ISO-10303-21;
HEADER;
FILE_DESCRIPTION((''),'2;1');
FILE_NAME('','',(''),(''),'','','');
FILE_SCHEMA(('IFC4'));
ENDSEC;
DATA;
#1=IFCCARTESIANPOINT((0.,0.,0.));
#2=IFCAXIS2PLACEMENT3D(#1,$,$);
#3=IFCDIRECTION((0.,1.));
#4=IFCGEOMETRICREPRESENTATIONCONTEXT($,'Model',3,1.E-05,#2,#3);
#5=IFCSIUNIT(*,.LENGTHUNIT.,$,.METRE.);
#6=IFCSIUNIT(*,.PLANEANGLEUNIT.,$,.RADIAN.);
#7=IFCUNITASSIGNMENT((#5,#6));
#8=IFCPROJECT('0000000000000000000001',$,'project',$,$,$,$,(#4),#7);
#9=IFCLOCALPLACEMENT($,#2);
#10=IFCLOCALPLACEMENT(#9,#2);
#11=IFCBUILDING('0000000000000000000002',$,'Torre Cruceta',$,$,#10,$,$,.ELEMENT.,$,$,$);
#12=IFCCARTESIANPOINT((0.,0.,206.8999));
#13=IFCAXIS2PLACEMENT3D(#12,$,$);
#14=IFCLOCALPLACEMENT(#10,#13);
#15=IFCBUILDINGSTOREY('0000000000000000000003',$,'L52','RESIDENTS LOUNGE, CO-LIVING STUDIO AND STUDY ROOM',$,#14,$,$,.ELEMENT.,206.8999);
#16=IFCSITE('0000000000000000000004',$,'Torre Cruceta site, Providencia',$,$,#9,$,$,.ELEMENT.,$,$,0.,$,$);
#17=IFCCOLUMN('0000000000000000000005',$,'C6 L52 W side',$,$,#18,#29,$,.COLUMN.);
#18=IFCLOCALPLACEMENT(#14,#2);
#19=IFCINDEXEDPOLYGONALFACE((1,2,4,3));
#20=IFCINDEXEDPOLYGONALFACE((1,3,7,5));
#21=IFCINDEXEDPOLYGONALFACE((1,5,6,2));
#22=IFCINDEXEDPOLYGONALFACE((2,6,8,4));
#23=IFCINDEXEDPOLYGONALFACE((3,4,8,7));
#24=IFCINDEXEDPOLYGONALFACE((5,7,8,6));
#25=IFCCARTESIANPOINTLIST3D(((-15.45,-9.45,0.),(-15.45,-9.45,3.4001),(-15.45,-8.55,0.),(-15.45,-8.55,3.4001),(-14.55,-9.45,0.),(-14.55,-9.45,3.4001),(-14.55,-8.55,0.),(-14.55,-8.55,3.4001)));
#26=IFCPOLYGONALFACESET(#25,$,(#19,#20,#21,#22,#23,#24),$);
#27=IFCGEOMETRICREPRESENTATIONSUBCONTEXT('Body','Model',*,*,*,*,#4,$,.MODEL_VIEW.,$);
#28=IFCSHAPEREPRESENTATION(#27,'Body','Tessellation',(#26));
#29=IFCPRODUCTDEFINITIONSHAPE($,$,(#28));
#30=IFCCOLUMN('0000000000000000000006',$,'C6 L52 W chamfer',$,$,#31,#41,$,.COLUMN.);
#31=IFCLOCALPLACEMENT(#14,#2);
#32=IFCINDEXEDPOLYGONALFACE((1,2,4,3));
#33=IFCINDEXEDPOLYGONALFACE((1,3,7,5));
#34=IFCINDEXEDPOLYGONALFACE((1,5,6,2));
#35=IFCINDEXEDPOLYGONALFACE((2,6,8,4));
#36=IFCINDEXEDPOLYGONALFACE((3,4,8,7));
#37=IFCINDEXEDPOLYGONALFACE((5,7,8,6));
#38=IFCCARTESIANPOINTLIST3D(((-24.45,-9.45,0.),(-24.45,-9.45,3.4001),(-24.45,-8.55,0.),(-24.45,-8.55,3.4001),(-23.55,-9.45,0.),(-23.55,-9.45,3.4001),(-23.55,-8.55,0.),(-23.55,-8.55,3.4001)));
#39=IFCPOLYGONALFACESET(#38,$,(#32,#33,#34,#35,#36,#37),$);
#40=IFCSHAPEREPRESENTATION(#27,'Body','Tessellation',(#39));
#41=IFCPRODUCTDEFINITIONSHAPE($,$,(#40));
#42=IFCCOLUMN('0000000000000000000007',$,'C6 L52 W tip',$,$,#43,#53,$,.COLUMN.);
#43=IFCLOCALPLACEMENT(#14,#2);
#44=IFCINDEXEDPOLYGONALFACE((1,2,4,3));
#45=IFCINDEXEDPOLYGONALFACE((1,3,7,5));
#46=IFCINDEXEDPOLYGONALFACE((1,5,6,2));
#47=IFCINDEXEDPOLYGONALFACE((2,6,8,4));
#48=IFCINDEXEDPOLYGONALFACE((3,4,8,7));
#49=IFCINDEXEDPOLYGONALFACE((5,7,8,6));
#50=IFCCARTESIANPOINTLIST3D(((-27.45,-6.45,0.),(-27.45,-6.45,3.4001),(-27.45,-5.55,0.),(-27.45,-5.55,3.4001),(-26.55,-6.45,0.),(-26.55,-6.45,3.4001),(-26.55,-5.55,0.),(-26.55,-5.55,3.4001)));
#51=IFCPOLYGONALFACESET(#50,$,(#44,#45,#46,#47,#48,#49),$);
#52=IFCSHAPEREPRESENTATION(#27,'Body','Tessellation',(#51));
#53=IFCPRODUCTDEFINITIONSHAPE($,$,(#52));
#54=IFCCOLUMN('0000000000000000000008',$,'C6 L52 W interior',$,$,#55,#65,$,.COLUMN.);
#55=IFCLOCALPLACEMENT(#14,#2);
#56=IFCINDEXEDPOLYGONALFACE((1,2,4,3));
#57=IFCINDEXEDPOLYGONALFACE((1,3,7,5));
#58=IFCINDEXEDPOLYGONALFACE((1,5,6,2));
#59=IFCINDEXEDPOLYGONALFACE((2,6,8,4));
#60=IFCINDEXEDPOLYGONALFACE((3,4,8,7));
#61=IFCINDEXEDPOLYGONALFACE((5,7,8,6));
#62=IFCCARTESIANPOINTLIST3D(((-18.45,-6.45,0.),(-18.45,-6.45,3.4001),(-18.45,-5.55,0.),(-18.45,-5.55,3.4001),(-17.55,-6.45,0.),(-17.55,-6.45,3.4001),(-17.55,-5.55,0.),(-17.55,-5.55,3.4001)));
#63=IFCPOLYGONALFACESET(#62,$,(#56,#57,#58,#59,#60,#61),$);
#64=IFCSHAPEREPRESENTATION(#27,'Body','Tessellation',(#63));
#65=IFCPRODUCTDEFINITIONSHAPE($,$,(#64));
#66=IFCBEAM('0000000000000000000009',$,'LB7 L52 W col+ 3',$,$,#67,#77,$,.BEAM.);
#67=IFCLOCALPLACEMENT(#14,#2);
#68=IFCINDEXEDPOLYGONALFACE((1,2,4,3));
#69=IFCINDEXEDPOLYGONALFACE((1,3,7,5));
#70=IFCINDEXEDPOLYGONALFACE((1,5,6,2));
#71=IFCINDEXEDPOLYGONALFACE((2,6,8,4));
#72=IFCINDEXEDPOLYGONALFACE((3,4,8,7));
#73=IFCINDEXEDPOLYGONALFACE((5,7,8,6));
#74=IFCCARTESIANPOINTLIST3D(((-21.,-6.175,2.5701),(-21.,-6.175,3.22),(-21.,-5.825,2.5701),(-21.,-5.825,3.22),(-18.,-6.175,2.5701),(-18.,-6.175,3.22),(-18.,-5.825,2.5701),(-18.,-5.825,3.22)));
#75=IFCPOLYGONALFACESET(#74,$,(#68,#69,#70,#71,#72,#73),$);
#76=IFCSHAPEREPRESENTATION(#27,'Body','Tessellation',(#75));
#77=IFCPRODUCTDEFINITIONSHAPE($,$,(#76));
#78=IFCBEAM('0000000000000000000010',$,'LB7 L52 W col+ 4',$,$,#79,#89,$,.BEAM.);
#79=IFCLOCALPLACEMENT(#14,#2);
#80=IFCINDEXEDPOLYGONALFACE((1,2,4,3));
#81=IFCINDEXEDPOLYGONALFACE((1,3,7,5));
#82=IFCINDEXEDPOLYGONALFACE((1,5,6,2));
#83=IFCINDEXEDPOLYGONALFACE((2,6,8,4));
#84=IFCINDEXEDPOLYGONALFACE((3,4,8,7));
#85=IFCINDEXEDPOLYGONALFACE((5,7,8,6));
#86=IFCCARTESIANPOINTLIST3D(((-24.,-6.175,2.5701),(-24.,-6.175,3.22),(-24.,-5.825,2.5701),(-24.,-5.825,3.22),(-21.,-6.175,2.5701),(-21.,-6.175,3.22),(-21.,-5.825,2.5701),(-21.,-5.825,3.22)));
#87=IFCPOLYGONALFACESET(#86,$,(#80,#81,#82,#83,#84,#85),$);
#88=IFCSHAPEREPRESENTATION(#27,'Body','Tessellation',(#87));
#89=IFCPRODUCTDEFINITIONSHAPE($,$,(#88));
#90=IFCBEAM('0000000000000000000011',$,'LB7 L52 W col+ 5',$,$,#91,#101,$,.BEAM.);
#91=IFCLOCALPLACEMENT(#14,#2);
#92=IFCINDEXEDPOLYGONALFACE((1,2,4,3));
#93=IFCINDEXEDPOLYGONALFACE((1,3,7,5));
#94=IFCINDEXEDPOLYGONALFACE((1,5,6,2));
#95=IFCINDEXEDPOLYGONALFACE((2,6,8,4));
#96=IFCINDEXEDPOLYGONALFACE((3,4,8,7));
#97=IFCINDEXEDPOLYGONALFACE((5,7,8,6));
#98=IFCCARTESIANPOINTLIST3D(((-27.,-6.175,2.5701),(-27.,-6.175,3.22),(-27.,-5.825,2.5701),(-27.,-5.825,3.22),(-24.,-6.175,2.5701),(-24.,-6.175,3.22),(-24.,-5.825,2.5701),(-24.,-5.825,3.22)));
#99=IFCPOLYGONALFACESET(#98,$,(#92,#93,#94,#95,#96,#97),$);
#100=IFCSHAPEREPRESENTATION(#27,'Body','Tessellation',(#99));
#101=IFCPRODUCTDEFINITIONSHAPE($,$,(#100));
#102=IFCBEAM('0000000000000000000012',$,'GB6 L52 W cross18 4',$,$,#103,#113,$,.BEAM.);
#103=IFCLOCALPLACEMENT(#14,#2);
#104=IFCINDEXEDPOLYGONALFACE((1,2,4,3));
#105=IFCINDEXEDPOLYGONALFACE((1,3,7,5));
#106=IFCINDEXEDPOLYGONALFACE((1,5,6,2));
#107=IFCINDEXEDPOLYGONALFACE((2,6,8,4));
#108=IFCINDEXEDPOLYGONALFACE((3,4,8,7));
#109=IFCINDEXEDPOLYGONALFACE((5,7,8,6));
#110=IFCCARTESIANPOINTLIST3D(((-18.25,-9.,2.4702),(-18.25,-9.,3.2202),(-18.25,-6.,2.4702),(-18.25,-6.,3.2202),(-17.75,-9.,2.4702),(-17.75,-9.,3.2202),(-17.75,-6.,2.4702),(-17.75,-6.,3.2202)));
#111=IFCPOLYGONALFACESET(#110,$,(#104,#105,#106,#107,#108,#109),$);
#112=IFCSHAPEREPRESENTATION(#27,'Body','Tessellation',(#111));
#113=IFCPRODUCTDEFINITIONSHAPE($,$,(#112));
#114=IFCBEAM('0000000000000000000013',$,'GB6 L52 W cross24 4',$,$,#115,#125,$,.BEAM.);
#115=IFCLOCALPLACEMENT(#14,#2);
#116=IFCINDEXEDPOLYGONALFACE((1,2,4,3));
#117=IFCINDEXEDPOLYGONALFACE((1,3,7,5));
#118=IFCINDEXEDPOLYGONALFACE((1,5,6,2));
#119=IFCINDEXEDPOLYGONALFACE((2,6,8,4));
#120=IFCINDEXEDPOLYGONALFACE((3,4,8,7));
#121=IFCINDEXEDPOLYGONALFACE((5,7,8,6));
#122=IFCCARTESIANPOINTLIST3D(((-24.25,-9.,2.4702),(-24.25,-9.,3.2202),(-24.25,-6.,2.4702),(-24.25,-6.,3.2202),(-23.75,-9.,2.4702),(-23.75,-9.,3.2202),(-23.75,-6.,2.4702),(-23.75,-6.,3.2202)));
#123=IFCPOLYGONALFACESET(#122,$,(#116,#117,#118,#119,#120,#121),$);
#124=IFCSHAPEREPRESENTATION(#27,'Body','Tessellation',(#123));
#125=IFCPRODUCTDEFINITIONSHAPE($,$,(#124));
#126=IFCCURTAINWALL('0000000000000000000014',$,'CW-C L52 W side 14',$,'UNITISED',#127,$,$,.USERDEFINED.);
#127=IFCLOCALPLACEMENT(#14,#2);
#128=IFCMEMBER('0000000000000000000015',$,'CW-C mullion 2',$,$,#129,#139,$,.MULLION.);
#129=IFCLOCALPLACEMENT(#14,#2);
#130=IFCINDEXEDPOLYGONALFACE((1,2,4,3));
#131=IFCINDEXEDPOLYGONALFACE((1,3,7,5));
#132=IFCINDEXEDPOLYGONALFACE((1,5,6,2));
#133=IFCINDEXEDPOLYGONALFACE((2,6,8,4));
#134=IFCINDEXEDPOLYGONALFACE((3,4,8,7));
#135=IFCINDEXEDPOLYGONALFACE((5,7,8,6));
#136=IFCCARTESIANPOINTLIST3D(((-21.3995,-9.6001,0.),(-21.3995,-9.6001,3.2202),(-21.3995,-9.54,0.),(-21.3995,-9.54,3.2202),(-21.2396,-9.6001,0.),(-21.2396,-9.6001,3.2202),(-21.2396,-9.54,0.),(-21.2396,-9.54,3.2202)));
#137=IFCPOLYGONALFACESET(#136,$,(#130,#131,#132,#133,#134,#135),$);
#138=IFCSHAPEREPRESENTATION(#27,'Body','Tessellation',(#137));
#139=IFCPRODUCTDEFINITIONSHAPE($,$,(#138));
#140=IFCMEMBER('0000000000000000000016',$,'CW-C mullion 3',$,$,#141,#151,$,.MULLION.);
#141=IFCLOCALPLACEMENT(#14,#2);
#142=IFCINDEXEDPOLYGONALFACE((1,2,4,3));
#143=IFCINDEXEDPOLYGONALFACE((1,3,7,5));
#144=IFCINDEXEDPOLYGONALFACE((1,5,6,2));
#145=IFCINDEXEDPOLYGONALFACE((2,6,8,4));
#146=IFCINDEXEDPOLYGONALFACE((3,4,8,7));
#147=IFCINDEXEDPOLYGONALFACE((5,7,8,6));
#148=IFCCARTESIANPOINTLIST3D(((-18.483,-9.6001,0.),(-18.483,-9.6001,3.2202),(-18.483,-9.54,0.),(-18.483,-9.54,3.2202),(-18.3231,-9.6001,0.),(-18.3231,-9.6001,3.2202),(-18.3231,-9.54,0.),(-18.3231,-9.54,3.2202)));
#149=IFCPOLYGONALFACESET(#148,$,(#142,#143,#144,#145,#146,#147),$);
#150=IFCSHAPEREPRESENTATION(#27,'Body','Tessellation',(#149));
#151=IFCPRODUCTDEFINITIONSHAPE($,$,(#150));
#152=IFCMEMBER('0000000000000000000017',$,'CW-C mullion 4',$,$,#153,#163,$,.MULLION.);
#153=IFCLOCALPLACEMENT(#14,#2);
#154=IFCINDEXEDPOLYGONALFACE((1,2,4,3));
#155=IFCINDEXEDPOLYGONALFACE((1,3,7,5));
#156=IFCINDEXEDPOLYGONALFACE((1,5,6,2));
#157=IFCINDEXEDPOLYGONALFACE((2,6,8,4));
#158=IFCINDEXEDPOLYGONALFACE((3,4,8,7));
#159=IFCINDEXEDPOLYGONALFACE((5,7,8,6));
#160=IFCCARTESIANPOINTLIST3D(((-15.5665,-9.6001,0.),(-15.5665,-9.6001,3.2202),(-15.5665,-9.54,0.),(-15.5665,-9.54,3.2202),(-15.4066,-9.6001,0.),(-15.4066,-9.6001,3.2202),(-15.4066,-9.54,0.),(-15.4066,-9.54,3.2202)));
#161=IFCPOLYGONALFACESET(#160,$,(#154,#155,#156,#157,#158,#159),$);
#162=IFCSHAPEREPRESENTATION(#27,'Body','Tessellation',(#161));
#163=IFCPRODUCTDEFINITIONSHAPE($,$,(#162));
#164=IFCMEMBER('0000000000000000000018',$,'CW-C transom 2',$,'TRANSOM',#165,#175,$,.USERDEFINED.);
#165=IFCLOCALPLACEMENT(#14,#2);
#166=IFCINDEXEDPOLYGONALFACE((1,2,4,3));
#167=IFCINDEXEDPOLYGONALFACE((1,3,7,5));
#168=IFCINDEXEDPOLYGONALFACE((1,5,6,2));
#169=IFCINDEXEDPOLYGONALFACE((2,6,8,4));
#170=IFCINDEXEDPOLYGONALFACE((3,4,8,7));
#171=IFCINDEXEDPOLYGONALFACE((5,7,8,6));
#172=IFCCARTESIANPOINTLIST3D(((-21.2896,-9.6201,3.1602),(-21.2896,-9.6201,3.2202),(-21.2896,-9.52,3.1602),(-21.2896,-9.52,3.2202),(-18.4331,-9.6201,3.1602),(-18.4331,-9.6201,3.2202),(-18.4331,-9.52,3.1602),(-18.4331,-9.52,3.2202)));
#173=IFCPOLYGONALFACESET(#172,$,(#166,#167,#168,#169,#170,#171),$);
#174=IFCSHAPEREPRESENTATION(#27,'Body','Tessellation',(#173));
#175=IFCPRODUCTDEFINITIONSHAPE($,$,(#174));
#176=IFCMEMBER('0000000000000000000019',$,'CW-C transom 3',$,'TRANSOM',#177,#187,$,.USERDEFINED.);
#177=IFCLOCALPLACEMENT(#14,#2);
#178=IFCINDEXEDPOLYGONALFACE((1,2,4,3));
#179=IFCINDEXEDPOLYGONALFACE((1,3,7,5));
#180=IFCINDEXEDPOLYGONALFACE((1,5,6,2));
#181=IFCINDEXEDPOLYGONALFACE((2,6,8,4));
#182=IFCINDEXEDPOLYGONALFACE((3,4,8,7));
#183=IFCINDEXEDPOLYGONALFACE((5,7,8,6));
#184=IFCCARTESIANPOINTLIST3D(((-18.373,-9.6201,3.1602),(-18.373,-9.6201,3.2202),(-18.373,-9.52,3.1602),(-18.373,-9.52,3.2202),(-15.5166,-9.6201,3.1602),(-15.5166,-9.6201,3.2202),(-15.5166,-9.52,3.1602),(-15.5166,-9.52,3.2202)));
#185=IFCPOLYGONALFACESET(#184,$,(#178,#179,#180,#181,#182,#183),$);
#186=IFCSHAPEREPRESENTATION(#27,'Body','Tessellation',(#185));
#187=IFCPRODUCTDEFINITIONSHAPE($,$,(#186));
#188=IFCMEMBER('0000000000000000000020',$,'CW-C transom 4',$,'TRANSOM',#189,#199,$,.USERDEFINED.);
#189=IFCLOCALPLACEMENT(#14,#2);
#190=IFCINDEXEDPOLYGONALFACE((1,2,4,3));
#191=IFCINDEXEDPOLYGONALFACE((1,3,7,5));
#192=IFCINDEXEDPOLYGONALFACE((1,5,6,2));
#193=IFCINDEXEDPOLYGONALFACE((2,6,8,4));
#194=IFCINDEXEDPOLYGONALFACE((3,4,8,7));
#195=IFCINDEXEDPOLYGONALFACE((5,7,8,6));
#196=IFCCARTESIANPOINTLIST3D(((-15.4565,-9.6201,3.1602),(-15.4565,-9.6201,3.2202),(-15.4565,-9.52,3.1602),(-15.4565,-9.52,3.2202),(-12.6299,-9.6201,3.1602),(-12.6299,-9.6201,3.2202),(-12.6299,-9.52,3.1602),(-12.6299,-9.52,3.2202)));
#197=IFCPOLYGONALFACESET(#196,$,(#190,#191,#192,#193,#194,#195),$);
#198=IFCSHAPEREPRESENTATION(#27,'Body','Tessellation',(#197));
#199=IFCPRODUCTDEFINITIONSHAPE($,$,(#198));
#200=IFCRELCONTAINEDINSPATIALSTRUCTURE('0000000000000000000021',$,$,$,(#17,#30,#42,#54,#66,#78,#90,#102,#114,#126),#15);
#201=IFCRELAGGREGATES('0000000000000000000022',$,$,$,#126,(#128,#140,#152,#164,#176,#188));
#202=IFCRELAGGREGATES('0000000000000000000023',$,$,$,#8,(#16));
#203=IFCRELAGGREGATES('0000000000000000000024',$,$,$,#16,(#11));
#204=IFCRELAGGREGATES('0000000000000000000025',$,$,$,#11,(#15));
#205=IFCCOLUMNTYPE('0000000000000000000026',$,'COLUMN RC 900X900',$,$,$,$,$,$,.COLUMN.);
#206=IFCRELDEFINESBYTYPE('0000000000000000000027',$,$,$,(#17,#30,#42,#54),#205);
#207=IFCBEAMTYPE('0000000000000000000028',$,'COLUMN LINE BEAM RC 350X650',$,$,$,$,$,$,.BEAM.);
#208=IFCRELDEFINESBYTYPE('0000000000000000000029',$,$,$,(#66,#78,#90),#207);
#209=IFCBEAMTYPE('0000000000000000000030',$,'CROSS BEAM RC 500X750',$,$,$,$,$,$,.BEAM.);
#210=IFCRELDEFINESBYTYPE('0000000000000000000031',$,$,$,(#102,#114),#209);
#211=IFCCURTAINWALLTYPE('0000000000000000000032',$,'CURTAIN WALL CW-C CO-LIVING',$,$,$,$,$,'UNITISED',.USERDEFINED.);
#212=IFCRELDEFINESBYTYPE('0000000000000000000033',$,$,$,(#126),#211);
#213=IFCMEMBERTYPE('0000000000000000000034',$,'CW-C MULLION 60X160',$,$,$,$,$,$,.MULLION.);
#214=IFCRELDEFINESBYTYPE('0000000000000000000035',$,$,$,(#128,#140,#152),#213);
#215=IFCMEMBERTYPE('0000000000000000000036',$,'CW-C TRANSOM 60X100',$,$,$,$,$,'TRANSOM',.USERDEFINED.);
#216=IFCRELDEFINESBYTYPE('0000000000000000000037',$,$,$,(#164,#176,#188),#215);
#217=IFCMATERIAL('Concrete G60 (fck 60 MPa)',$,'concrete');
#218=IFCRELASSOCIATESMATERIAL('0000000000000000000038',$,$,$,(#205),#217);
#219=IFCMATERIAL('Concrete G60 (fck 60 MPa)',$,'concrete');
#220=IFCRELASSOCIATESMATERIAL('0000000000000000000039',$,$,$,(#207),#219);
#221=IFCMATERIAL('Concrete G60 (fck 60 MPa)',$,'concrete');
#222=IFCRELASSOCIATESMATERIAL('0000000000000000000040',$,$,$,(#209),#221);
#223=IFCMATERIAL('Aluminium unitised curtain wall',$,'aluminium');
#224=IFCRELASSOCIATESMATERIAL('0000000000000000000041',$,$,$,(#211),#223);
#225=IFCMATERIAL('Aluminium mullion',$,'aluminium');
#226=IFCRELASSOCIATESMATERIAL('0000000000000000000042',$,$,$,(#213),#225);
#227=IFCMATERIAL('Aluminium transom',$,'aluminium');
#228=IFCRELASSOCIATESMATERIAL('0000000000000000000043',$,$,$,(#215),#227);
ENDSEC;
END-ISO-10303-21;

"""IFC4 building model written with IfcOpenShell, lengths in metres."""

from ifc_helpers import new_model, si_unit, direction, frame, origin, origin_2d, place, context, subcontext, project, spatial, rectangle, extrude, material, material_profile, profile_set, type_object, element, aggregate, save


model = new_model("IFC4")

# Units and contexts
model_context = context("Model", 3, precision=1e-05, world=origin(), true_north=direction((0.0, 1.0)))
body_context = subcontext(model_context, "Body", "Model", "MODEL_VIEW")
ifc_project = project(units=[si_unit("LENGTHUNIT", "METRE"), si_unit("PLANEANGLEUNIT", "RADIAN")], contexts=[model_context])

# Site, building, storey
site_placement = place(None, origin())
site = spatial("IfcSite", under=ifc_project, at=site_placement, Name="Torre Cruceta site, Providencia", CompositionType="ELEMENT", RefElevation=0.0)
building_placement = place(site_placement, origin())
building = spatial("IfcBuilding", under=site, at=building_placement, Name="Torre Cruceta", CompositionType="ELEMENT")
storey_placement = place(building_placement, frame((0.0, 0.0, 206.8999)))
storey = spatial("IfcBuildingStorey", under=building, at=storey_placement, Name="L52", Description="RESIDENTS LOUNGE, CO-LIVING STUDIO AND STUDY ROOM", CompositionType="ELEMENT", Elevation=206.8999)

# Columns
ifc_material_1 = material(Name="Concrete G60 (fck 60 MPa)", Category="concrete")
ifc_material_profile_1 = material_profile(ifc_material_1, rectangle(XDim=0.8999, YDim=0.8999, at=origin_2d()), Name="RC 900X900")
ifc_profile_set_1 = profile_set([ifc_material_profile_1], Name="Concrete G60 (fck 60 MPa)")
column_type = type_object("IfcColumnType", Name="COLUMN RC 900X900", PredefinedType="COLUMN", material=ifc_profile_set_1)
for number, where, z_axis, x_axis, name in (
    (1, (-15.0, -9.0, 0.0), (0.0, 0.0, 1.0), (1.0, 0.0, 0.0), "C6 L52 W side"),
    (2, (-24.0, -9.0, 0.0), (0.0, 0.0, 1.0), (1.0, 0.0, 0.0), "C6 L52 W chamfer"),
    (3, (-27.0, -6.0, 0.0), (0.0, 0.0, 1.0), (1.0, 0.0, 0.0), "C6 L52 W tip"),
    (4, (-18.0, -6.0, 0.0), (0.0, 0.0, 1.0), (1.0, 0.0, 0.0), "C6 L52 W interior"),
):
    element("IfcColumn", number, at=place(storey_placement, frame(where, z_axis=z_axis, x_axis=x_axis)), inside=storey, type_object=column_type, Name=name, PredefinedType="COLUMN", context=body_context, shape_type="SweptSolid", body=[
        extrude(rectangle(XDim=0.8999, YDim=0.8999, at=origin_2d()), origin(), (0.0, 0.0, 1.0), 3.4001),
    ])

# Beams
ifc_material_2 = material(Name="Concrete G60 (fck 60 MPa)", Category="concrete")
ifc_material_profile_2 = material_profile(ifc_material_2, rectangle(XDim=0.3501, YDim=0.6499, at=origin_2d()), Name="RC 350X650")
ifc_profile_set_2 = profile_set([ifc_material_profile_2], Name="Concrete G60 (fck 60 MPa)")
beam_type_1 = type_object("IfcBeamType", Name="COLUMN LINE BEAM RC 350X650", PredefinedType="BEAM", material=ifc_profile_set_2)
for number, where, z_axis, x_axis, name in (
    (5, (-18.0, -6.0, 2.895), (-1.0, 0.0, 0.0), (0.0, -1.0, 0.0), "LB7 L52 W col+ 3"),
    (6, (-21.0, -6.0, 2.895), (-1.0, 0.0, 0.0), (0.0, -1.0, 0.0), "LB7 L52 W col+ 4"),
    (7, (-24.0, -6.0, 2.895), (-1.0, 0.0, 0.0), (0.0, -1.0, 0.0), "LB7 L52 W col+ 5"),
):
    element("IfcBeam", number, at=place(storey_placement, frame(where, z_axis=z_axis, x_axis=x_axis)), inside=storey, type_object=beam_type_1, Name=name, PredefinedType="BEAM", context=body_context, shape_type="SweptSolid", body=[
        extrude(rectangle(XDim=0.3501, YDim=0.6499, at=origin_2d()), origin(), (0.0, 0.0, 1.0), 3.0),
    ])
ifc_material_3 = material(Name="Concrete G60 (fck 60 MPa)", Category="concrete")
ifc_material_profile_3 = material_profile(ifc_material_3, rectangle(XDim=0.5, YDim=0.75, at=origin_2d()), Name="RC 500X750")
ifc_profile_set_3 = profile_set([ifc_material_profile_3], Name="Concrete G60 (fck 60 MPa)")
beam_type_2 = type_object("IfcBeamType", Name="CROSS BEAM RC 500X750", PredefinedType="BEAM", material=ifc_profile_set_3)
for number, where, z_axis, x_axis, name in (
    (8, (-18.0, -6.0, 2.8452), (0.0, -1.0, 0.0), (1.0, 0.0, 0.0), "GB6 L52 W cross18 4"),
    (9, (-24.0, -6.0, 2.8452), (0.0, -1.0, 0.0), (1.0, 0.0, 0.0), "GB6 L52 W cross24 4"),
):
    element("IfcBeam", number, at=place(storey_placement, frame(where, z_axis=z_axis, x_axis=x_axis)), inside=storey, type_object=beam_type_2, Name=name, PredefinedType="BEAM", context=body_context, shape_type="SweptSolid", body=[
        extrude(rectangle(XDim=0.5, YDim=0.75, at=origin_2d()), origin(), (0.0, 0.0, 1.0), 3.0),
    ])

# Curtain wall, members
ifc_material_4 = material(Name="Aluminium unitised curtain wall", Category="aluminium")
curtain_wall_type = type_object("IfcCurtainWallType", Name="CURTAIN WALL CW-C CO-LIVING", ElementType="UNITISED", PredefinedType="USERDEFINED", material=ifc_material_4)
curtain_wall_placement = place(storey_placement, origin())
curtain_wall = element("IfcCurtainWall", 10, at=curtain_wall_placement, inside=storey, type_object=curtain_wall_type, Name="CW-C L52 W side 14", ObjectType="UNITISED", PredefinedType="USERDEFINED")
ifc_material_5 = material(Name="Aluminium mullion", Category="aluminium")
ifc_material_profile_4 = material_profile(ifc_material_5, rectangle(XDim=0.0601, YDim=0.1599, at=origin_2d()), Name="AL 60X160")
ifc_profile_set_4 = profile_set([ifc_material_profile_4], Name="Aluminium mullion")
member_type_1 = type_object("IfcMemberType", Name="CW-C MULLION 60X160", PredefinedType="MULLION", material=ifc_profile_set_4)
member_1_placement = place(storey_placement, frame((-21.3196, -9.5701, 0.0), z_axis=(0.0, 0.0, 1.0), x_axis=(0.0, 1.0, 0.0)))
member_1 = element("IfcMember", 11, at=member_1_placement, type_object=member_type_1, Name="CW-C mullion 2", PredefinedType="MULLION", context=body_context, shape_type="SweptSolid", body=[
    extrude(rectangle(XDim=0.0601, YDim=0.1599, at=origin_2d()), origin(), (0.0, 0.0, 1.0), 3.2202),
])
member_2_placement = place(storey_placement, frame((-18.4031, -9.5701, 0.0), z_axis=(0.0, 0.0, 1.0), x_axis=(0.0, 1.0, 0.0)))
member_2 = element("IfcMember", 12, at=member_2_placement, type_object=member_type_1, Name="CW-C mullion 3", PredefinedType="MULLION", context=body_context, shape_type="SweptSolid", body=[
    extrude(rectangle(XDim=0.0601, YDim=0.1599, at=origin_2d()), origin(), (0.0, 0.0, 1.0), 3.2202),
])
member_3_placement = place(storey_placement, frame((-15.4866, -9.5701, 0.0), z_axis=(0.0, 0.0, 1.0), x_axis=(0.0, 1.0, 0.0)))
member_3 = element("IfcMember", 13, at=member_3_placement, type_object=member_type_1, Name="CW-C mullion 4", PredefinedType="MULLION", context=body_context, shape_type="SweptSolid", body=[
    extrude(rectangle(XDim=0.0601, YDim=0.1599, at=origin_2d()), origin(), (0.0, 0.0, 1.0), 3.2202),
])
ifc_material_6 = material(Name="Aluminium transom", Category="aluminium")
ifc_material_profile_5 = material_profile(ifc_material_6, rectangle(XDim=0.1001, YDim=0.0601, at=origin_2d()), Name="AL 100X60")
ifc_profile_set_5 = profile_set([ifc_material_profile_5], Name="Aluminium transom")
member_type_2 = type_object("IfcMemberType", Name="CW-C TRANSOM 60X100", ElementType="TRANSOM", PredefinedType="USERDEFINED", material=ifc_profile_set_5)
member_4_placement = place(storey_placement, frame((-21.2896, -9.5701, 3.1902), z_axis=(1.0, 0.0, 0.0), x_axis=(0.0, 1.0, 0.0)))
member_4 = element("IfcMember", 14, at=member_4_placement, type_object=member_type_2, Name="CW-C transom 2", ObjectType="TRANSOM", PredefinedType="USERDEFINED", context=body_context, shape_type="SweptSolid", body=[
    extrude(rectangle(XDim=0.1001, YDim=0.0601, at=origin_2d()), origin(), (0.0, 0.0, 1.0), 2.8564),
])
member_5_placement = place(storey_placement, frame((-18.373, -9.5701, 3.1902), z_axis=(1.0, 0.0, 0.0), x_axis=(0.0, 1.0, 0.0)))
member_5 = element("IfcMember", 15, at=member_5_placement, type_object=member_type_2, Name="CW-C transom 3", ObjectType="TRANSOM", PredefinedType="USERDEFINED", context=body_context, shape_type="SweptSolid", body=[
    extrude(rectangle(XDim=0.1001, YDim=0.0601, at=origin_2d()), origin(), (0.0, 0.0, 1.0), 2.8564),
])
member_6_placement = place(storey_placement, frame((-15.4565, -9.5701, 3.1902), z_axis=(1.0, 0.0, 0.0), x_axis=(0.0, 1.0, 0.0)))
member_6 = element("IfcMember", 16, at=member_6_placement, type_object=member_type_2, Name="CW-C transom 4", ObjectType="TRANSOM", PredefinedType="USERDEFINED", context=body_context, shape_type="SweptSolid", body=[
    extrude(rectangle(XDim=0.1001, YDim=0.0601, at=origin_2d()), origin(), (0.0, 0.0, 1.0), 2.8267),
])

aggregate(curtain_wall, [member_1, member_2, member_3, member_4, member_5, member_6])

save(model, "model.ifc")
